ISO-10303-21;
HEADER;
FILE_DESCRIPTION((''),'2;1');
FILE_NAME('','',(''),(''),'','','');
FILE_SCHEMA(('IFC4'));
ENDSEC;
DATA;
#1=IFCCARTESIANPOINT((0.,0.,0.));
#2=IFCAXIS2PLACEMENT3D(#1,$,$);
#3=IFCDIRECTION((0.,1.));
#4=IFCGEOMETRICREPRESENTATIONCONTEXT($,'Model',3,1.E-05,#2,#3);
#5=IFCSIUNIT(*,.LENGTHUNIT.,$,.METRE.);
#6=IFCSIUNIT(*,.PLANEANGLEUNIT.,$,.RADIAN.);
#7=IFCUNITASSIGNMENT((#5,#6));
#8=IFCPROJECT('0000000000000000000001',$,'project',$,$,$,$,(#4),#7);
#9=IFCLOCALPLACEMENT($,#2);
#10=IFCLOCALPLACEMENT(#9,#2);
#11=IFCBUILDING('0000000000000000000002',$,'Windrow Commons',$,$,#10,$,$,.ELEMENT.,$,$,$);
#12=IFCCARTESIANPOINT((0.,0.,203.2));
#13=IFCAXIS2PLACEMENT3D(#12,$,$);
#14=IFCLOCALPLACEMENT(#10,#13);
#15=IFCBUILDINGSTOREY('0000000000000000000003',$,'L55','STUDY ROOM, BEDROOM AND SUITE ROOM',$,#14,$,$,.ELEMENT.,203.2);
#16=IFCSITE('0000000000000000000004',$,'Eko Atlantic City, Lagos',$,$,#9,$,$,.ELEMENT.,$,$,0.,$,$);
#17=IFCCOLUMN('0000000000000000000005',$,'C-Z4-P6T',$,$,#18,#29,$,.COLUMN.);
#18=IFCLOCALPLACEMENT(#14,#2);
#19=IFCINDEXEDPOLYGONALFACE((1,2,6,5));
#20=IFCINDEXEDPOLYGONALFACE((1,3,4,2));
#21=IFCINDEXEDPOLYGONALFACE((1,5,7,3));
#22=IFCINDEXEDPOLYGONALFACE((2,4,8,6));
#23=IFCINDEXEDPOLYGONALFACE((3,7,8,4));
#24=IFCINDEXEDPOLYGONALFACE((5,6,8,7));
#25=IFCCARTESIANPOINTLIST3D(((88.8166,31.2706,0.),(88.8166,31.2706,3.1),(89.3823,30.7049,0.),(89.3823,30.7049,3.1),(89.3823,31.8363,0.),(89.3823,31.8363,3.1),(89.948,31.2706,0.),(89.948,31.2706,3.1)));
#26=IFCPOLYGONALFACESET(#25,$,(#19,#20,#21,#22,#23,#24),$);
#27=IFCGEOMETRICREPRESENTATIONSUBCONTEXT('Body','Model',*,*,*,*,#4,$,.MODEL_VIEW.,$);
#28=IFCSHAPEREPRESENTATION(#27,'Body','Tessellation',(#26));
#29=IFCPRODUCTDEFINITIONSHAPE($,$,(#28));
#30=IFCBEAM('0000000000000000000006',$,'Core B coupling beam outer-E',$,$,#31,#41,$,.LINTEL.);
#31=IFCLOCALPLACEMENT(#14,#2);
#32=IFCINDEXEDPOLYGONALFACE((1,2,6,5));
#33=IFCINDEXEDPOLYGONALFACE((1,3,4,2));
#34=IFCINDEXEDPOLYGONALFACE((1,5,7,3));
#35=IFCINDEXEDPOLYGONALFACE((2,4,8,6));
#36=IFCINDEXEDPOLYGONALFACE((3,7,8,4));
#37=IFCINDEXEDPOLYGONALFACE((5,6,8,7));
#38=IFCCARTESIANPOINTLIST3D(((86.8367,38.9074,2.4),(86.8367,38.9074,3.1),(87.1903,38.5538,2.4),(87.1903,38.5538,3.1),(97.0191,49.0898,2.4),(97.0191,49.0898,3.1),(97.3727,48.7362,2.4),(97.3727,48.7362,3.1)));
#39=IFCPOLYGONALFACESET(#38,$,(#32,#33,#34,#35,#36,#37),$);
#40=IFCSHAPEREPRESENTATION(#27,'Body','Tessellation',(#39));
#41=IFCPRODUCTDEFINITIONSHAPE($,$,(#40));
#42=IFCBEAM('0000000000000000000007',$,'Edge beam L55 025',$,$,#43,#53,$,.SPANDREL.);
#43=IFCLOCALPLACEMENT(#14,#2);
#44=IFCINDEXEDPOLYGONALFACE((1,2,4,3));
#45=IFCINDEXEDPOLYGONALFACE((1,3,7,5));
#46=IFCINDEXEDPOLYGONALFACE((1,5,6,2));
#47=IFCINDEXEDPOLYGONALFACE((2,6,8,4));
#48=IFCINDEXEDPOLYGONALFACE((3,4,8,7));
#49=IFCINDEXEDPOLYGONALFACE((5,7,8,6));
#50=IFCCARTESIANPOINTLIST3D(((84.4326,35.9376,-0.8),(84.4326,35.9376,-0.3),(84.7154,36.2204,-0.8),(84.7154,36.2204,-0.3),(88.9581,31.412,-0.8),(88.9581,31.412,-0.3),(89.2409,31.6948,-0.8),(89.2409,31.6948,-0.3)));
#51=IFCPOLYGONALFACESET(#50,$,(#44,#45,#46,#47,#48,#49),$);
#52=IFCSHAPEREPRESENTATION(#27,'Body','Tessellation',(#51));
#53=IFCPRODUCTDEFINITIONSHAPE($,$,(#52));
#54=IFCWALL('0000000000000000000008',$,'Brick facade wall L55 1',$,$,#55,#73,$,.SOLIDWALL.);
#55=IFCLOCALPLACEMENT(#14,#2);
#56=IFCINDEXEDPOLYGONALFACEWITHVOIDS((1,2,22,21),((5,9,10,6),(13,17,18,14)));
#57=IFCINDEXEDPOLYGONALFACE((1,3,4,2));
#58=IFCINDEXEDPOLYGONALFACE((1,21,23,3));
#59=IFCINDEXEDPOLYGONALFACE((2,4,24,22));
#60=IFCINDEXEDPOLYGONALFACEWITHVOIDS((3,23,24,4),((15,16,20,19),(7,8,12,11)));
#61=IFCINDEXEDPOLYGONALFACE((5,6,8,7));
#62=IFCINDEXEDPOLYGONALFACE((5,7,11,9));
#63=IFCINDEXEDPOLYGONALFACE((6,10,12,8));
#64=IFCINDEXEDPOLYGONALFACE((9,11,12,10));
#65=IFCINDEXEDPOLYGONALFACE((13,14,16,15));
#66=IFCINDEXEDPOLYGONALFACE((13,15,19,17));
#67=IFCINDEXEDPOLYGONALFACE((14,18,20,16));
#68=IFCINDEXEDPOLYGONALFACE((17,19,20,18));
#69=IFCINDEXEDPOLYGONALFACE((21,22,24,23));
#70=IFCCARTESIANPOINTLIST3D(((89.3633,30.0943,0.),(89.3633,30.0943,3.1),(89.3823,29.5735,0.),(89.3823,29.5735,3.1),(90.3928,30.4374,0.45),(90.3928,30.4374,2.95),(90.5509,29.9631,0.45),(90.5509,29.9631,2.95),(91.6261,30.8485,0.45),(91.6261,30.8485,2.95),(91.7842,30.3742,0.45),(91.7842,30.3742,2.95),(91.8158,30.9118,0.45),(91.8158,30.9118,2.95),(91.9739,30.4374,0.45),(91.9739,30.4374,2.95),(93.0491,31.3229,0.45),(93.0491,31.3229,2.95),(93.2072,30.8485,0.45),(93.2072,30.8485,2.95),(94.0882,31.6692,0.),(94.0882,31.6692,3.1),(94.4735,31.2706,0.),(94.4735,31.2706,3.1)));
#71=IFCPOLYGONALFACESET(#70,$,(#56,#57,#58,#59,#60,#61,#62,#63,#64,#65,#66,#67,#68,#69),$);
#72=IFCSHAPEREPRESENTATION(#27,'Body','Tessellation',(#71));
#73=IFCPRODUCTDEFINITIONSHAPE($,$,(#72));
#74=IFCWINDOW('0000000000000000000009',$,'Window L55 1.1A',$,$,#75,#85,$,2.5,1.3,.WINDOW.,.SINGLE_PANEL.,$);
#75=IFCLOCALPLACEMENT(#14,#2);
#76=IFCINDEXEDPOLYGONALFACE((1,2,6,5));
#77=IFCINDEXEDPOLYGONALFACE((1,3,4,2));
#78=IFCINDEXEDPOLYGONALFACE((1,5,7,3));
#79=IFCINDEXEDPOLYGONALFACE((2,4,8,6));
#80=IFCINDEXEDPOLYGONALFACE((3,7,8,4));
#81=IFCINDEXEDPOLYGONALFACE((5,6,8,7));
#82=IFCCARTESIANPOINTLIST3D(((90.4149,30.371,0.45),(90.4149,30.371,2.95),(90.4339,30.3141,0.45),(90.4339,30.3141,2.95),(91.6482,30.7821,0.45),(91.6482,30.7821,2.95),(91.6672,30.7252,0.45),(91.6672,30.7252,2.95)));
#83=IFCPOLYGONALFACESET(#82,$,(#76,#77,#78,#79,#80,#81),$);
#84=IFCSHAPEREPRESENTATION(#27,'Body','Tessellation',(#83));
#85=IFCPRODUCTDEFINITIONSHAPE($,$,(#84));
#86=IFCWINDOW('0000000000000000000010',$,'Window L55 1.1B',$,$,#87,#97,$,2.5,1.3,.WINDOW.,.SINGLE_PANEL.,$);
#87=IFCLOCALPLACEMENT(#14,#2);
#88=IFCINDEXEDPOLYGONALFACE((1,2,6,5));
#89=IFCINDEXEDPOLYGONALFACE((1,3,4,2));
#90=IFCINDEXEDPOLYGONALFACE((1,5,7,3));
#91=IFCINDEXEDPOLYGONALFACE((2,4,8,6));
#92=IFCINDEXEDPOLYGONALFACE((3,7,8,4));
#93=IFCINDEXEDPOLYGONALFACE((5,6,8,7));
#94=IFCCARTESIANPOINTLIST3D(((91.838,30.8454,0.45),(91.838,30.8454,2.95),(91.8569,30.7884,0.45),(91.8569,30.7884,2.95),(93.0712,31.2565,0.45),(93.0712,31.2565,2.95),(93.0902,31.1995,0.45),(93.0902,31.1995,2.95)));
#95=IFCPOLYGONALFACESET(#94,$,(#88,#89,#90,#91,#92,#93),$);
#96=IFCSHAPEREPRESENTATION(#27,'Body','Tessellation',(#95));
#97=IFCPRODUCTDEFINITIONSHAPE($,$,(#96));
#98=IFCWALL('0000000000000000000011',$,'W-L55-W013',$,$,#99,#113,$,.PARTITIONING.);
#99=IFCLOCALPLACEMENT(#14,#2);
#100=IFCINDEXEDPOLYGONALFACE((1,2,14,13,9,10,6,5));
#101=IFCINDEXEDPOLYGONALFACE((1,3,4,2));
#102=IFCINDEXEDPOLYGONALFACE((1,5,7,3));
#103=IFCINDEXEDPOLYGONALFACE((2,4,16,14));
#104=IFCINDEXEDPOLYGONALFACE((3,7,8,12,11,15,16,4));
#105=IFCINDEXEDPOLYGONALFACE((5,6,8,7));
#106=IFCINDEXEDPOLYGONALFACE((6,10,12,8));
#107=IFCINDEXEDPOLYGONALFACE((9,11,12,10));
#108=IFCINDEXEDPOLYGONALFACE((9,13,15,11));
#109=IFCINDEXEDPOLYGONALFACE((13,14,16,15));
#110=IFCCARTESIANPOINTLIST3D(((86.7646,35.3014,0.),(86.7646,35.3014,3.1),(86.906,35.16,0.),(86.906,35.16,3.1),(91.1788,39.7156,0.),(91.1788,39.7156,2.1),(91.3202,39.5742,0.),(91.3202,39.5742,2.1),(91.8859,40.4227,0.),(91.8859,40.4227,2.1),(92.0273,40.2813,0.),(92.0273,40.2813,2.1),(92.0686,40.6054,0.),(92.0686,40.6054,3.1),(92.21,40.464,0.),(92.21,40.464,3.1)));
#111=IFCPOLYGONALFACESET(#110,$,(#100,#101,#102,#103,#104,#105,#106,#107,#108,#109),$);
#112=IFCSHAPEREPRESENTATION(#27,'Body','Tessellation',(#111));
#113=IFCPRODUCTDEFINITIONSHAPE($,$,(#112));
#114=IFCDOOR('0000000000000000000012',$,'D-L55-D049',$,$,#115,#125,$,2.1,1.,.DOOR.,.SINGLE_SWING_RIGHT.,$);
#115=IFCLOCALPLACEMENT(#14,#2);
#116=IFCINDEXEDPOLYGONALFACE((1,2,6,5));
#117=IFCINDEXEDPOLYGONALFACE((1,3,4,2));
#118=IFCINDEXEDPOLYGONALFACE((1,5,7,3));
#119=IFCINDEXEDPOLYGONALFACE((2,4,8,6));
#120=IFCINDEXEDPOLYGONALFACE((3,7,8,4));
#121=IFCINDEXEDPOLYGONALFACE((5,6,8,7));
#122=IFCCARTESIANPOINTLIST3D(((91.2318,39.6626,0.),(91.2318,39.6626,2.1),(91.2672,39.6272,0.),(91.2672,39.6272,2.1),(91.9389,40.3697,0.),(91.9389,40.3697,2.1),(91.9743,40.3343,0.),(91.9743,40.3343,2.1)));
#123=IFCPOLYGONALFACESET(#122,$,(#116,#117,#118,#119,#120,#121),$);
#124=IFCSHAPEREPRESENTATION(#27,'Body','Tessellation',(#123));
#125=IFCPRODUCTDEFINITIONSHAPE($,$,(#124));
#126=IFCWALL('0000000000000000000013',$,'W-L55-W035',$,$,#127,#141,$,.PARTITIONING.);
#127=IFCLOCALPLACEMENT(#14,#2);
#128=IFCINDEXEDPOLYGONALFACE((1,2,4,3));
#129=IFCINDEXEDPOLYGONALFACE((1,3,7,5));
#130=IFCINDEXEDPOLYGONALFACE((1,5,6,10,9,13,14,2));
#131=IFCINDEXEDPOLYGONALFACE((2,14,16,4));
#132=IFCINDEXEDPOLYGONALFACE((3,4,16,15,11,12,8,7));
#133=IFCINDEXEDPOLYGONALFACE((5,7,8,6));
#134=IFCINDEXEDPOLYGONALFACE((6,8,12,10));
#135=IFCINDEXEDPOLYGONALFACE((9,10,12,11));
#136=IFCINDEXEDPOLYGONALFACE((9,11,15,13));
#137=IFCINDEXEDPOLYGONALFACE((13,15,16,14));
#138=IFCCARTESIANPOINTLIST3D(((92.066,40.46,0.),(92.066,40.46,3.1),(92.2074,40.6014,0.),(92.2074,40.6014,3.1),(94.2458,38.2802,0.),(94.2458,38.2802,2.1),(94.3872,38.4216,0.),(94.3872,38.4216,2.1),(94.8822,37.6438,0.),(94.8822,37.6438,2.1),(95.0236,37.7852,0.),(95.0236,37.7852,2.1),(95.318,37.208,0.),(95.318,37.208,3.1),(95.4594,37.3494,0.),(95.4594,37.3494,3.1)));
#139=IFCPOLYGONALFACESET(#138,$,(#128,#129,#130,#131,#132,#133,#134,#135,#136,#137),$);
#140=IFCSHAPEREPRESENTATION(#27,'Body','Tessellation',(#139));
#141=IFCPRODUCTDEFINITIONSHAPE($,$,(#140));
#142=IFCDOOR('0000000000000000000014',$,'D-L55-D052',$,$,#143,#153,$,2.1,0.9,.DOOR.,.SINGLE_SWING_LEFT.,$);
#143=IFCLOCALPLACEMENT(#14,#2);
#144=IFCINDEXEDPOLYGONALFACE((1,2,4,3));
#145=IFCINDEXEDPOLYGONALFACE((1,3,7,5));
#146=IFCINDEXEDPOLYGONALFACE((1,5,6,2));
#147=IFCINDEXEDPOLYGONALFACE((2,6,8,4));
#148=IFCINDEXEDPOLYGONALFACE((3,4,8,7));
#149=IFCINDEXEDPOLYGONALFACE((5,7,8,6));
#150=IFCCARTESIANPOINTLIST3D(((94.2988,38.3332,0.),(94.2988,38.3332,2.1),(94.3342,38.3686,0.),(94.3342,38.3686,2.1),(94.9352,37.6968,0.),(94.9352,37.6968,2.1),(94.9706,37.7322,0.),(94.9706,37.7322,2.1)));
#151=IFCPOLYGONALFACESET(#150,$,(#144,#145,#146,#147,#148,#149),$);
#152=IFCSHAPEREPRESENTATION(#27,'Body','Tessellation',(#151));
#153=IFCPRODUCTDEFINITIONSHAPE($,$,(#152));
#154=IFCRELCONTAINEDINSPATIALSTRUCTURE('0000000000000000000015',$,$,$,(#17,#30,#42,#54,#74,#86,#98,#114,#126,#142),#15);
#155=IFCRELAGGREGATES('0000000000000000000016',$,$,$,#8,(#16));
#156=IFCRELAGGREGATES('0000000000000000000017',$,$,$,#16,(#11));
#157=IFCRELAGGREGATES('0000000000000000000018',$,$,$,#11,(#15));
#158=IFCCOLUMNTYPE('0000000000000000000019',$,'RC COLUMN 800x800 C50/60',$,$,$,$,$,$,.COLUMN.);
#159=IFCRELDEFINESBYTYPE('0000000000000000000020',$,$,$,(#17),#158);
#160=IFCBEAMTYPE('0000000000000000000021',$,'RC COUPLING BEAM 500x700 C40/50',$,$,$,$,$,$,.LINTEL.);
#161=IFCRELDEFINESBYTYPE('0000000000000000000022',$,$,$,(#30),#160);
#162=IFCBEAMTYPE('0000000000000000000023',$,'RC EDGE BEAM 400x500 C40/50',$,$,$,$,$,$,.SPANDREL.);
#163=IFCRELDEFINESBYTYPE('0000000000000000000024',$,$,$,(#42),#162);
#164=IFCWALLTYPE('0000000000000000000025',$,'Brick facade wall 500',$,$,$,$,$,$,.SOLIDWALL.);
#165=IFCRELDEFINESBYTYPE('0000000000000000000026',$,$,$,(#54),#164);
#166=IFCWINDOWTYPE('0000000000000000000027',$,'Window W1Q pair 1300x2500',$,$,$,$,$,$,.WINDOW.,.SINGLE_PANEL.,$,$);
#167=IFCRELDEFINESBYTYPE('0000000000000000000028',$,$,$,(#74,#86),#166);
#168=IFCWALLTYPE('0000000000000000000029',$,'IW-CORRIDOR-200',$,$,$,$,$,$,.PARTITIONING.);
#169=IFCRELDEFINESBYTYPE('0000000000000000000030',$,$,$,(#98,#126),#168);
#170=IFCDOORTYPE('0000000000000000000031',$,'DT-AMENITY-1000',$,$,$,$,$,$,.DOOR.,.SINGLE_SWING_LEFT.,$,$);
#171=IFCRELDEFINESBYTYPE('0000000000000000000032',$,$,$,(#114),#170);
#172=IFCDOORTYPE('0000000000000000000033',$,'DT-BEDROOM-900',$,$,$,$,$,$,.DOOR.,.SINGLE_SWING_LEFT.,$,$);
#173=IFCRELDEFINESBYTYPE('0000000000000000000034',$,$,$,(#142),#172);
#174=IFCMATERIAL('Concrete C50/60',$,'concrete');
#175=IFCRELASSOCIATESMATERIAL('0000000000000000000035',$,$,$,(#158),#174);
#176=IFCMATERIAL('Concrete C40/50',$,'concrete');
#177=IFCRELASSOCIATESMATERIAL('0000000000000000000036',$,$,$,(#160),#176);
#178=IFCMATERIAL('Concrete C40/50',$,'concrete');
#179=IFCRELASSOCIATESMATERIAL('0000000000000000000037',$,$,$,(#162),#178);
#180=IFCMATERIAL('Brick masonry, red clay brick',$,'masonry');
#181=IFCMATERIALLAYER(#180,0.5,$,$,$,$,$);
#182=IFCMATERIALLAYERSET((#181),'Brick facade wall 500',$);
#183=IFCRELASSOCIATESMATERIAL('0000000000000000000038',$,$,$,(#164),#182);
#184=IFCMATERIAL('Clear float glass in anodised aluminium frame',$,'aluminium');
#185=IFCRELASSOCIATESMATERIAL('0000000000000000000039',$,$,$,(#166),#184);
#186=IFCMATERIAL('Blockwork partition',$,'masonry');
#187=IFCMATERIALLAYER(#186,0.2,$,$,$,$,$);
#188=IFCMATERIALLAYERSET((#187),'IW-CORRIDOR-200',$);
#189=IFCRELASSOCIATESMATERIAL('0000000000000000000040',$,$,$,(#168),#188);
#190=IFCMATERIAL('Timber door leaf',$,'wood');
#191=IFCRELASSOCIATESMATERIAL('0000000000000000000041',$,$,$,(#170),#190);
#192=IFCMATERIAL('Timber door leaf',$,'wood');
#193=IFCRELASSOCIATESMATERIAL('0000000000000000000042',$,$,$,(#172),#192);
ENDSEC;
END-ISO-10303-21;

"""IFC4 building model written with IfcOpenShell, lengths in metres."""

from ifc_helpers import new_model, si_unit, direction, frame, frame_2d, origin, origin_2d, place, context, subcontext, project, spatial, polyline, rectangle, outline, extrude, material, layer, layer_set, material_profile, profile_set, type_object, element, fill, save


model = new_model("IFC4")

# Units and contexts
model_context = context("Model", 3, precision=1e-05, world=origin(), true_north=direction((0.0, 1.0)))
body_context = subcontext(model_context, "Body", "Model", "MODEL_VIEW")
ifc_project = project(units=[si_unit("LENGTHUNIT", "METRE"), si_unit("PLANEANGLEUNIT", "RADIAN")], contexts=[model_context])

# Site, building, storey
site_placement = place(None, origin())
site = spatial("IfcSite", under=ifc_project, at=site_placement, Name="Eko Atlantic City, Lagos", CompositionType="ELEMENT", RefElevation=0.0)
building_placement = place(site_placement, origin())
building = spatial("IfcBuilding", under=site, at=building_placement, Name="Windrow Commons", CompositionType="ELEMENT")
storey_placement = place(building_placement, frame((0.0, 0.0, 203.2)))
storey = spatial("IfcBuildingStorey", under=building, at=storey_placement, Name="L55", Description="STUDY ROOM, BEDROOM AND SUITE ROOM", CompositionType="ELEMENT", Elevation=203.2)

# Column
ifc_material_1 = material(Name="Concrete C50/60", Category="concrete")
ifc_material_profile_1 = material_profile(ifc_material_1, rectangle(XDim=0.8, YDim=0.8, at=origin_2d()))
ifc_profile_set_1 = profile_set([ifc_material_profile_1], Name="Concrete C50/60")
column_type = type_object("IfcColumnType", Name="RC COLUMN 800x800 C50/60", PredefinedType="COLUMN", material=ifc_profile_set_1)
column_placement = place(storey_placement, frame((89.3823, 31.2706, 0.0), z_axis=(0.0, 0.0, 1.0), x_axis=(0.707107, -0.707107, 0.0)))
element("IfcColumn", 1, at=column_placement, inside=storey, type_object=column_type, Name="C-Z4-P6T", PredefinedType="COLUMN", context=body_context, shape_type="SweptSolid", body=[
    extrude(rectangle(XDim=0.8, YDim=0.8, at=origin_2d()), origin(), (0.0, 0.0, 1.0), 3.1),
])

# Beams
ifc_material_2 = material(Name="Concrete C40/50", Category="concrete")
ifc_material_profile_2 = material_profile(ifc_material_2, rectangle(XDim=0.5, YDim=0.7, at=origin_2d()))
ifc_profile_set_2 = profile_set([ifc_material_profile_2], Name="Concrete C40/50")
beam_type_1 = type_object("IfcBeamType", Name="RC COUPLING BEAM 500x700 C40/50", PredefinedType="LINTEL", material=ifc_profile_set_2)
beam_1_placement = place(storey_placement, frame((87.0135, 38.7306, 2.75), z_axis=(0.707107, 0.707107, 0.0), x_axis=(-0.707107, 0.707107, 0.0)))
element("IfcBeam", 2, at=beam_1_placement, inside=storey, type_object=beam_type_1, Name="Core B coupling beam outer-E", PredefinedType="LINTEL", context=body_context, shape_type="SweptSolid", body=[
    extrude(rectangle(XDim=0.5, YDim=0.7, at=origin_2d()), origin(), (0.0, 0.0, 1.0), 14.4001),
])
ifc_material_3 = material(Name="Concrete C40/50", Category="concrete")
ifc_material_profile_3 = material_profile(ifc_material_3, rectangle(XDim=0.4, YDim=0.5, at=origin_2d()))
ifc_profile_set_3 = profile_set([ifc_material_profile_3], Name="Concrete C40/50")
beam_type_2 = type_object("IfcBeamType", Name="RC EDGE BEAM 400x500 C40/50", PredefinedType="SPANDREL", material=ifc_profile_set_3)
beam_2_placement = place(storey_placement, frame((89.0995, 31.5534, -0.55), z_axis=(-0.707099, 0.707115, 0.0), x_axis=(-0.707115, -0.707099, 0.0)))
element("IfcBeam", 3, at=beam_2_placement, inside=storey, type_object=beam_type_2, Name="Edge beam L55 025", PredefinedType="SPANDREL", context=body_context, shape_type="SweptSolid", body=[
    extrude(rectangle(XDim=0.4, YDim=0.5, at=origin_2d()), origin(), (0.0, 0.0, 1.0), 6.4001),
])

# Wall, openings, windows
ifc_material_4 = material(Name="Brick masonry, red clay brick", Category="masonry")
ifc_layer_1 = layer(ifc_material_4, 0.5)
ifc_layer_set_1 = layer_set([ifc_layer_1], Name="Brick facade wall 500")
wall_type_1 = type_object("IfcWallType", Name="Brick facade wall 500", PredefinedType="SOLIDWALL", material=ifc_layer_set_1)
wall_1_placement = place(storey_placement, frame((89.3728, 29.8339, 0.0), z_axis=(0.0, 0.0, 1.0), x_axis=(0.948683, 0.316228, 0.0)))
wall_1 = element("IfcWall", 4, at=wall_1_placement, inside=storey, type_object=wall_type_1, Name="Brick facade wall L55 1", PredefinedType="SOLIDWALL", context=body_context, shape_type="SweptSolid", body=[
    extrude(outline(polyline([(-0.0733, -0.25), (5.2933, -0.25), (5.0538, 0.25), (0.0733, 0.25), (-0.0733, -0.25)])), origin(), (0.0, 0.0, 1.0), 3.1),
])
opening_1_placement = place(wall_1_placement, frame((1.1585, 0.0, 0.45)))
opening_1 = element("IfcOpeningElement", 5, at=opening_1_placement, cuts=wall_1, PredefinedType="OPENING", context=body_context, shape_type="SweptSolid", body=[
    extrude(rectangle(XDim=1.3, YDim=2.5, at=frame_2d((0.65, 1.25))), frame((0.0, 0.26, 0.0), z_axis=(0.0, -1.0, 0.0), x_axis=(1.0, 0.0, 0.0)), (0.0, 0.0, 1.0), 0.52),
])
opening_2_placement = place(wall_1_placement, frame((2.6585, 0.0, 0.45)))
opening_2 = element("IfcOpeningElement", 6, at=opening_2_placement, cuts=wall_1, PredefinedType="OPENING", context=body_context, shape_type="SweptSolid", body=[
    extrude(rectangle(XDim=1.3, YDim=2.5, at=frame_2d((0.65, 1.25))), frame((0.0, 0.26, 0.0), z_axis=(0.0, -1.0, 0.0), x_axis=(1.0, 0.0, 0.0)), (0.0, 0.0, 1.0), 0.52),
])
ifc_material_5 = material(Name="Clear float glass in anodised aluminium frame", Category="aluminium")
window_type = type_object("IfcWindowType", Name="Window W1Q pair 1300x2500", PartitioningType="SINGLE_PANEL", PredefinedType="WINDOW", material=ifc_material_5)
window_1_placement = place(opening_1_placement, origin())
window_1 = element("IfcWindow", 7, at=window_1_placement, inside=storey, type_object=window_type, Name="Window L55 1.1A", OverallHeight=2.5, OverallWidth=1.3, PartitioningType="SINGLE_PANEL", PredefinedType="WINDOW", context=body_context, shape_type="SweptSolid", body=[
    extrude(rectangle(XDim=1.3, YDim=2.5, at=frame_2d((0.65, 1.25))), frame((0.0, 0.18, 0.0), z_axis=(0.0, -1.0, 0.0), x_axis=(1.0, 0.0, 0.0)), (0.0, 0.0, 1.0), 0.06),
])
fill(opening_1, window_1)
window_2_placement = place(opening_2_placement, origin())
window_2 = element("IfcWindow", 8, at=window_2_placement, inside=storey, type_object=window_type, Name="Window L55 1.1B", OverallHeight=2.5, OverallWidth=1.3, PartitioningType="SINGLE_PANEL", PredefinedType="WINDOW", context=body_context, shape_type="SweptSolid", body=[
    extrude(rectangle(XDim=1.3, YDim=2.5, at=frame_2d((0.65, 1.25))), frame((0.0, 0.18, 0.0), z_axis=(0.0, -1.0, 0.0), x_axis=(1.0, 0.0, 0.0)), (0.0, 0.0, 1.0), 0.06),
])
fill(opening_2, window_2)

# Walls, openings, doors
ifc_material_6 = material(Name="Blockwork partition", Category="masonry")
ifc_layer_2 = layer(ifc_material_6, 0.2)
ifc_layer_set_2 = layer_set([ifc_layer_2], Name="IW-CORRIDOR-200")
wall_type_2 = type_object("IfcWallType", Name="IW-CORRIDOR-200", PredefinedType="PARTITIONING", material=ifc_layer_set_2)
wall_2_placement = place(storey_placement, frame((86.8353, 35.2307, 0.0), z_axis=(0.0, 0.0, 1.0), x_axis=(0.707107, 0.707107, 0.0)))
wall_2 = element("IfcWall", 9, at=wall_2_placement, inside=storey, type_object=wall_type_2, Name="W-L55-W013", PredefinedType="PARTITIONING", context=body_context, shape_type="SweptSolid", body=[
    extrude(rectangle(XDim=7.501, YDim=0.2, at=frame_2d((3.7505, 0.0))), origin(), (0.0, 0.0, 1.0), 3.1),
])
opening_3_placement = place(wall_2_placement, frame((6.2426, 0.0, 0.0)))
opening_3 = element("IfcOpeningElement", 10, at=opening_3_placement, cuts=wall_2, PredefinedType="OPENING", context=body_context, shape_type="SweptSolid", body=[
    extrude(rectangle(XDim=1.0, YDim=2.1, at=frame_2d((0.5, 1.05))), frame((0.0, 0.11, 0.0), z_axis=(0.0, -1.0, 0.0), x_axis=(1.0, 0.0, 0.0)), (0.0, 0.0, 1.0), 0.22),
])
ifc_material_7 = material(Name="Timber door leaf", Category="wood")
door_type_1 = type_object("IfcDoorType", Name="DT-AMENITY-1000", OperationType="SINGLE_SWING_LEFT", PredefinedType="DOOR", material=ifc_material_7)
door_1_placement = place(opening_3_placement, origin())
door_1 = element("IfcDoor", 11, at=door_1_placement, inside=storey, type_object=door_type_1, Name="D-L55-D049", OperationType="SINGLE_SWING_RIGHT", OverallHeight=2.1, OverallWidth=1.0, PredefinedType="DOOR", context=body_context, shape_type="SweptSolid", body=[
    extrude(rectangle(XDim=1.0, YDim=2.1, at=frame_2d((0.5, 1.05))), frame((0.0, 0.025, 0.0), z_axis=(0.0, -1.0, 0.0), x_axis=(1.0, 0.0, 0.0)), (0.0, 0.0, 1.0), 0.05),
])
fill(opening_3, door_1)
wall_3_placement = place(storey_placement, frame((92.1367, 40.5307, 0.0), z_axis=(0.0, 0.0, 1.0), x_axis=(0.707107, -0.707107, 0.0)))
wall_3 = element("IfcWall", 12, at=wall_3_placement, inside=storey, type_object=wall_type_2, Name="W-L55-W035", PredefinedType="PARTITIONING", context=body_context, shape_type="SweptSolid", body=[
    extrude(rectangle(XDim=4.599, YDim=0.2, at=frame_2d((2.2995, 0.0))), origin(), (0.0, 0.0, 1.0), 3.1),
])
opening_4_placement = place(wall_3_placement, frame((3.0827, 0.0, 0.0)))
opening_4 = element("IfcOpeningElement", 13, at=opening_4_placement, cuts=wall_3, PredefinedType="OPENING", context=body_context, shape_type="SweptSolid", body=[
    extrude(rectangle(XDim=0.9, YDim=2.1, at=frame_2d((0.45, 1.05))), frame((0.0, 0.11, 0.0), z_axis=(0.0, -1.0, 0.0), x_axis=(1.0, 0.0, 0.0)), (0.0, 0.0, 1.0), 0.22),
])
ifc_material_8 = material(Name="Timber door leaf", Category="wood")
door_type_2 = type_object("IfcDoorType", Name="DT-BEDROOM-900", OperationType="SINGLE_SWING_LEFT", PredefinedType="DOOR", material=ifc_material_8)
door_2_placement = place(opening_4_placement, origin())
door_2 = element("IfcDoor", 14, at=door_2_placement, inside=storey, type_object=door_type_2, Name="D-L55-D052", OperationType="SINGLE_SWING_LEFT", OverallHeight=2.1, OverallWidth=0.9, PredefinedType="DOOR", context=body_context, shape_type="SweptSolid", body=[
    extrude(rectangle(XDim=0.9, YDim=2.1, at=frame_2d((0.45, 1.05))), frame((0.0, 0.025, 0.0), z_axis=(0.0, -1.0, 0.0), x_axis=(1.0, 0.0, 0.0)), (0.0, 0.0, 1.0), 0.05),
])
fill(opening_4, door_2)

save(model, "model.ifc")
